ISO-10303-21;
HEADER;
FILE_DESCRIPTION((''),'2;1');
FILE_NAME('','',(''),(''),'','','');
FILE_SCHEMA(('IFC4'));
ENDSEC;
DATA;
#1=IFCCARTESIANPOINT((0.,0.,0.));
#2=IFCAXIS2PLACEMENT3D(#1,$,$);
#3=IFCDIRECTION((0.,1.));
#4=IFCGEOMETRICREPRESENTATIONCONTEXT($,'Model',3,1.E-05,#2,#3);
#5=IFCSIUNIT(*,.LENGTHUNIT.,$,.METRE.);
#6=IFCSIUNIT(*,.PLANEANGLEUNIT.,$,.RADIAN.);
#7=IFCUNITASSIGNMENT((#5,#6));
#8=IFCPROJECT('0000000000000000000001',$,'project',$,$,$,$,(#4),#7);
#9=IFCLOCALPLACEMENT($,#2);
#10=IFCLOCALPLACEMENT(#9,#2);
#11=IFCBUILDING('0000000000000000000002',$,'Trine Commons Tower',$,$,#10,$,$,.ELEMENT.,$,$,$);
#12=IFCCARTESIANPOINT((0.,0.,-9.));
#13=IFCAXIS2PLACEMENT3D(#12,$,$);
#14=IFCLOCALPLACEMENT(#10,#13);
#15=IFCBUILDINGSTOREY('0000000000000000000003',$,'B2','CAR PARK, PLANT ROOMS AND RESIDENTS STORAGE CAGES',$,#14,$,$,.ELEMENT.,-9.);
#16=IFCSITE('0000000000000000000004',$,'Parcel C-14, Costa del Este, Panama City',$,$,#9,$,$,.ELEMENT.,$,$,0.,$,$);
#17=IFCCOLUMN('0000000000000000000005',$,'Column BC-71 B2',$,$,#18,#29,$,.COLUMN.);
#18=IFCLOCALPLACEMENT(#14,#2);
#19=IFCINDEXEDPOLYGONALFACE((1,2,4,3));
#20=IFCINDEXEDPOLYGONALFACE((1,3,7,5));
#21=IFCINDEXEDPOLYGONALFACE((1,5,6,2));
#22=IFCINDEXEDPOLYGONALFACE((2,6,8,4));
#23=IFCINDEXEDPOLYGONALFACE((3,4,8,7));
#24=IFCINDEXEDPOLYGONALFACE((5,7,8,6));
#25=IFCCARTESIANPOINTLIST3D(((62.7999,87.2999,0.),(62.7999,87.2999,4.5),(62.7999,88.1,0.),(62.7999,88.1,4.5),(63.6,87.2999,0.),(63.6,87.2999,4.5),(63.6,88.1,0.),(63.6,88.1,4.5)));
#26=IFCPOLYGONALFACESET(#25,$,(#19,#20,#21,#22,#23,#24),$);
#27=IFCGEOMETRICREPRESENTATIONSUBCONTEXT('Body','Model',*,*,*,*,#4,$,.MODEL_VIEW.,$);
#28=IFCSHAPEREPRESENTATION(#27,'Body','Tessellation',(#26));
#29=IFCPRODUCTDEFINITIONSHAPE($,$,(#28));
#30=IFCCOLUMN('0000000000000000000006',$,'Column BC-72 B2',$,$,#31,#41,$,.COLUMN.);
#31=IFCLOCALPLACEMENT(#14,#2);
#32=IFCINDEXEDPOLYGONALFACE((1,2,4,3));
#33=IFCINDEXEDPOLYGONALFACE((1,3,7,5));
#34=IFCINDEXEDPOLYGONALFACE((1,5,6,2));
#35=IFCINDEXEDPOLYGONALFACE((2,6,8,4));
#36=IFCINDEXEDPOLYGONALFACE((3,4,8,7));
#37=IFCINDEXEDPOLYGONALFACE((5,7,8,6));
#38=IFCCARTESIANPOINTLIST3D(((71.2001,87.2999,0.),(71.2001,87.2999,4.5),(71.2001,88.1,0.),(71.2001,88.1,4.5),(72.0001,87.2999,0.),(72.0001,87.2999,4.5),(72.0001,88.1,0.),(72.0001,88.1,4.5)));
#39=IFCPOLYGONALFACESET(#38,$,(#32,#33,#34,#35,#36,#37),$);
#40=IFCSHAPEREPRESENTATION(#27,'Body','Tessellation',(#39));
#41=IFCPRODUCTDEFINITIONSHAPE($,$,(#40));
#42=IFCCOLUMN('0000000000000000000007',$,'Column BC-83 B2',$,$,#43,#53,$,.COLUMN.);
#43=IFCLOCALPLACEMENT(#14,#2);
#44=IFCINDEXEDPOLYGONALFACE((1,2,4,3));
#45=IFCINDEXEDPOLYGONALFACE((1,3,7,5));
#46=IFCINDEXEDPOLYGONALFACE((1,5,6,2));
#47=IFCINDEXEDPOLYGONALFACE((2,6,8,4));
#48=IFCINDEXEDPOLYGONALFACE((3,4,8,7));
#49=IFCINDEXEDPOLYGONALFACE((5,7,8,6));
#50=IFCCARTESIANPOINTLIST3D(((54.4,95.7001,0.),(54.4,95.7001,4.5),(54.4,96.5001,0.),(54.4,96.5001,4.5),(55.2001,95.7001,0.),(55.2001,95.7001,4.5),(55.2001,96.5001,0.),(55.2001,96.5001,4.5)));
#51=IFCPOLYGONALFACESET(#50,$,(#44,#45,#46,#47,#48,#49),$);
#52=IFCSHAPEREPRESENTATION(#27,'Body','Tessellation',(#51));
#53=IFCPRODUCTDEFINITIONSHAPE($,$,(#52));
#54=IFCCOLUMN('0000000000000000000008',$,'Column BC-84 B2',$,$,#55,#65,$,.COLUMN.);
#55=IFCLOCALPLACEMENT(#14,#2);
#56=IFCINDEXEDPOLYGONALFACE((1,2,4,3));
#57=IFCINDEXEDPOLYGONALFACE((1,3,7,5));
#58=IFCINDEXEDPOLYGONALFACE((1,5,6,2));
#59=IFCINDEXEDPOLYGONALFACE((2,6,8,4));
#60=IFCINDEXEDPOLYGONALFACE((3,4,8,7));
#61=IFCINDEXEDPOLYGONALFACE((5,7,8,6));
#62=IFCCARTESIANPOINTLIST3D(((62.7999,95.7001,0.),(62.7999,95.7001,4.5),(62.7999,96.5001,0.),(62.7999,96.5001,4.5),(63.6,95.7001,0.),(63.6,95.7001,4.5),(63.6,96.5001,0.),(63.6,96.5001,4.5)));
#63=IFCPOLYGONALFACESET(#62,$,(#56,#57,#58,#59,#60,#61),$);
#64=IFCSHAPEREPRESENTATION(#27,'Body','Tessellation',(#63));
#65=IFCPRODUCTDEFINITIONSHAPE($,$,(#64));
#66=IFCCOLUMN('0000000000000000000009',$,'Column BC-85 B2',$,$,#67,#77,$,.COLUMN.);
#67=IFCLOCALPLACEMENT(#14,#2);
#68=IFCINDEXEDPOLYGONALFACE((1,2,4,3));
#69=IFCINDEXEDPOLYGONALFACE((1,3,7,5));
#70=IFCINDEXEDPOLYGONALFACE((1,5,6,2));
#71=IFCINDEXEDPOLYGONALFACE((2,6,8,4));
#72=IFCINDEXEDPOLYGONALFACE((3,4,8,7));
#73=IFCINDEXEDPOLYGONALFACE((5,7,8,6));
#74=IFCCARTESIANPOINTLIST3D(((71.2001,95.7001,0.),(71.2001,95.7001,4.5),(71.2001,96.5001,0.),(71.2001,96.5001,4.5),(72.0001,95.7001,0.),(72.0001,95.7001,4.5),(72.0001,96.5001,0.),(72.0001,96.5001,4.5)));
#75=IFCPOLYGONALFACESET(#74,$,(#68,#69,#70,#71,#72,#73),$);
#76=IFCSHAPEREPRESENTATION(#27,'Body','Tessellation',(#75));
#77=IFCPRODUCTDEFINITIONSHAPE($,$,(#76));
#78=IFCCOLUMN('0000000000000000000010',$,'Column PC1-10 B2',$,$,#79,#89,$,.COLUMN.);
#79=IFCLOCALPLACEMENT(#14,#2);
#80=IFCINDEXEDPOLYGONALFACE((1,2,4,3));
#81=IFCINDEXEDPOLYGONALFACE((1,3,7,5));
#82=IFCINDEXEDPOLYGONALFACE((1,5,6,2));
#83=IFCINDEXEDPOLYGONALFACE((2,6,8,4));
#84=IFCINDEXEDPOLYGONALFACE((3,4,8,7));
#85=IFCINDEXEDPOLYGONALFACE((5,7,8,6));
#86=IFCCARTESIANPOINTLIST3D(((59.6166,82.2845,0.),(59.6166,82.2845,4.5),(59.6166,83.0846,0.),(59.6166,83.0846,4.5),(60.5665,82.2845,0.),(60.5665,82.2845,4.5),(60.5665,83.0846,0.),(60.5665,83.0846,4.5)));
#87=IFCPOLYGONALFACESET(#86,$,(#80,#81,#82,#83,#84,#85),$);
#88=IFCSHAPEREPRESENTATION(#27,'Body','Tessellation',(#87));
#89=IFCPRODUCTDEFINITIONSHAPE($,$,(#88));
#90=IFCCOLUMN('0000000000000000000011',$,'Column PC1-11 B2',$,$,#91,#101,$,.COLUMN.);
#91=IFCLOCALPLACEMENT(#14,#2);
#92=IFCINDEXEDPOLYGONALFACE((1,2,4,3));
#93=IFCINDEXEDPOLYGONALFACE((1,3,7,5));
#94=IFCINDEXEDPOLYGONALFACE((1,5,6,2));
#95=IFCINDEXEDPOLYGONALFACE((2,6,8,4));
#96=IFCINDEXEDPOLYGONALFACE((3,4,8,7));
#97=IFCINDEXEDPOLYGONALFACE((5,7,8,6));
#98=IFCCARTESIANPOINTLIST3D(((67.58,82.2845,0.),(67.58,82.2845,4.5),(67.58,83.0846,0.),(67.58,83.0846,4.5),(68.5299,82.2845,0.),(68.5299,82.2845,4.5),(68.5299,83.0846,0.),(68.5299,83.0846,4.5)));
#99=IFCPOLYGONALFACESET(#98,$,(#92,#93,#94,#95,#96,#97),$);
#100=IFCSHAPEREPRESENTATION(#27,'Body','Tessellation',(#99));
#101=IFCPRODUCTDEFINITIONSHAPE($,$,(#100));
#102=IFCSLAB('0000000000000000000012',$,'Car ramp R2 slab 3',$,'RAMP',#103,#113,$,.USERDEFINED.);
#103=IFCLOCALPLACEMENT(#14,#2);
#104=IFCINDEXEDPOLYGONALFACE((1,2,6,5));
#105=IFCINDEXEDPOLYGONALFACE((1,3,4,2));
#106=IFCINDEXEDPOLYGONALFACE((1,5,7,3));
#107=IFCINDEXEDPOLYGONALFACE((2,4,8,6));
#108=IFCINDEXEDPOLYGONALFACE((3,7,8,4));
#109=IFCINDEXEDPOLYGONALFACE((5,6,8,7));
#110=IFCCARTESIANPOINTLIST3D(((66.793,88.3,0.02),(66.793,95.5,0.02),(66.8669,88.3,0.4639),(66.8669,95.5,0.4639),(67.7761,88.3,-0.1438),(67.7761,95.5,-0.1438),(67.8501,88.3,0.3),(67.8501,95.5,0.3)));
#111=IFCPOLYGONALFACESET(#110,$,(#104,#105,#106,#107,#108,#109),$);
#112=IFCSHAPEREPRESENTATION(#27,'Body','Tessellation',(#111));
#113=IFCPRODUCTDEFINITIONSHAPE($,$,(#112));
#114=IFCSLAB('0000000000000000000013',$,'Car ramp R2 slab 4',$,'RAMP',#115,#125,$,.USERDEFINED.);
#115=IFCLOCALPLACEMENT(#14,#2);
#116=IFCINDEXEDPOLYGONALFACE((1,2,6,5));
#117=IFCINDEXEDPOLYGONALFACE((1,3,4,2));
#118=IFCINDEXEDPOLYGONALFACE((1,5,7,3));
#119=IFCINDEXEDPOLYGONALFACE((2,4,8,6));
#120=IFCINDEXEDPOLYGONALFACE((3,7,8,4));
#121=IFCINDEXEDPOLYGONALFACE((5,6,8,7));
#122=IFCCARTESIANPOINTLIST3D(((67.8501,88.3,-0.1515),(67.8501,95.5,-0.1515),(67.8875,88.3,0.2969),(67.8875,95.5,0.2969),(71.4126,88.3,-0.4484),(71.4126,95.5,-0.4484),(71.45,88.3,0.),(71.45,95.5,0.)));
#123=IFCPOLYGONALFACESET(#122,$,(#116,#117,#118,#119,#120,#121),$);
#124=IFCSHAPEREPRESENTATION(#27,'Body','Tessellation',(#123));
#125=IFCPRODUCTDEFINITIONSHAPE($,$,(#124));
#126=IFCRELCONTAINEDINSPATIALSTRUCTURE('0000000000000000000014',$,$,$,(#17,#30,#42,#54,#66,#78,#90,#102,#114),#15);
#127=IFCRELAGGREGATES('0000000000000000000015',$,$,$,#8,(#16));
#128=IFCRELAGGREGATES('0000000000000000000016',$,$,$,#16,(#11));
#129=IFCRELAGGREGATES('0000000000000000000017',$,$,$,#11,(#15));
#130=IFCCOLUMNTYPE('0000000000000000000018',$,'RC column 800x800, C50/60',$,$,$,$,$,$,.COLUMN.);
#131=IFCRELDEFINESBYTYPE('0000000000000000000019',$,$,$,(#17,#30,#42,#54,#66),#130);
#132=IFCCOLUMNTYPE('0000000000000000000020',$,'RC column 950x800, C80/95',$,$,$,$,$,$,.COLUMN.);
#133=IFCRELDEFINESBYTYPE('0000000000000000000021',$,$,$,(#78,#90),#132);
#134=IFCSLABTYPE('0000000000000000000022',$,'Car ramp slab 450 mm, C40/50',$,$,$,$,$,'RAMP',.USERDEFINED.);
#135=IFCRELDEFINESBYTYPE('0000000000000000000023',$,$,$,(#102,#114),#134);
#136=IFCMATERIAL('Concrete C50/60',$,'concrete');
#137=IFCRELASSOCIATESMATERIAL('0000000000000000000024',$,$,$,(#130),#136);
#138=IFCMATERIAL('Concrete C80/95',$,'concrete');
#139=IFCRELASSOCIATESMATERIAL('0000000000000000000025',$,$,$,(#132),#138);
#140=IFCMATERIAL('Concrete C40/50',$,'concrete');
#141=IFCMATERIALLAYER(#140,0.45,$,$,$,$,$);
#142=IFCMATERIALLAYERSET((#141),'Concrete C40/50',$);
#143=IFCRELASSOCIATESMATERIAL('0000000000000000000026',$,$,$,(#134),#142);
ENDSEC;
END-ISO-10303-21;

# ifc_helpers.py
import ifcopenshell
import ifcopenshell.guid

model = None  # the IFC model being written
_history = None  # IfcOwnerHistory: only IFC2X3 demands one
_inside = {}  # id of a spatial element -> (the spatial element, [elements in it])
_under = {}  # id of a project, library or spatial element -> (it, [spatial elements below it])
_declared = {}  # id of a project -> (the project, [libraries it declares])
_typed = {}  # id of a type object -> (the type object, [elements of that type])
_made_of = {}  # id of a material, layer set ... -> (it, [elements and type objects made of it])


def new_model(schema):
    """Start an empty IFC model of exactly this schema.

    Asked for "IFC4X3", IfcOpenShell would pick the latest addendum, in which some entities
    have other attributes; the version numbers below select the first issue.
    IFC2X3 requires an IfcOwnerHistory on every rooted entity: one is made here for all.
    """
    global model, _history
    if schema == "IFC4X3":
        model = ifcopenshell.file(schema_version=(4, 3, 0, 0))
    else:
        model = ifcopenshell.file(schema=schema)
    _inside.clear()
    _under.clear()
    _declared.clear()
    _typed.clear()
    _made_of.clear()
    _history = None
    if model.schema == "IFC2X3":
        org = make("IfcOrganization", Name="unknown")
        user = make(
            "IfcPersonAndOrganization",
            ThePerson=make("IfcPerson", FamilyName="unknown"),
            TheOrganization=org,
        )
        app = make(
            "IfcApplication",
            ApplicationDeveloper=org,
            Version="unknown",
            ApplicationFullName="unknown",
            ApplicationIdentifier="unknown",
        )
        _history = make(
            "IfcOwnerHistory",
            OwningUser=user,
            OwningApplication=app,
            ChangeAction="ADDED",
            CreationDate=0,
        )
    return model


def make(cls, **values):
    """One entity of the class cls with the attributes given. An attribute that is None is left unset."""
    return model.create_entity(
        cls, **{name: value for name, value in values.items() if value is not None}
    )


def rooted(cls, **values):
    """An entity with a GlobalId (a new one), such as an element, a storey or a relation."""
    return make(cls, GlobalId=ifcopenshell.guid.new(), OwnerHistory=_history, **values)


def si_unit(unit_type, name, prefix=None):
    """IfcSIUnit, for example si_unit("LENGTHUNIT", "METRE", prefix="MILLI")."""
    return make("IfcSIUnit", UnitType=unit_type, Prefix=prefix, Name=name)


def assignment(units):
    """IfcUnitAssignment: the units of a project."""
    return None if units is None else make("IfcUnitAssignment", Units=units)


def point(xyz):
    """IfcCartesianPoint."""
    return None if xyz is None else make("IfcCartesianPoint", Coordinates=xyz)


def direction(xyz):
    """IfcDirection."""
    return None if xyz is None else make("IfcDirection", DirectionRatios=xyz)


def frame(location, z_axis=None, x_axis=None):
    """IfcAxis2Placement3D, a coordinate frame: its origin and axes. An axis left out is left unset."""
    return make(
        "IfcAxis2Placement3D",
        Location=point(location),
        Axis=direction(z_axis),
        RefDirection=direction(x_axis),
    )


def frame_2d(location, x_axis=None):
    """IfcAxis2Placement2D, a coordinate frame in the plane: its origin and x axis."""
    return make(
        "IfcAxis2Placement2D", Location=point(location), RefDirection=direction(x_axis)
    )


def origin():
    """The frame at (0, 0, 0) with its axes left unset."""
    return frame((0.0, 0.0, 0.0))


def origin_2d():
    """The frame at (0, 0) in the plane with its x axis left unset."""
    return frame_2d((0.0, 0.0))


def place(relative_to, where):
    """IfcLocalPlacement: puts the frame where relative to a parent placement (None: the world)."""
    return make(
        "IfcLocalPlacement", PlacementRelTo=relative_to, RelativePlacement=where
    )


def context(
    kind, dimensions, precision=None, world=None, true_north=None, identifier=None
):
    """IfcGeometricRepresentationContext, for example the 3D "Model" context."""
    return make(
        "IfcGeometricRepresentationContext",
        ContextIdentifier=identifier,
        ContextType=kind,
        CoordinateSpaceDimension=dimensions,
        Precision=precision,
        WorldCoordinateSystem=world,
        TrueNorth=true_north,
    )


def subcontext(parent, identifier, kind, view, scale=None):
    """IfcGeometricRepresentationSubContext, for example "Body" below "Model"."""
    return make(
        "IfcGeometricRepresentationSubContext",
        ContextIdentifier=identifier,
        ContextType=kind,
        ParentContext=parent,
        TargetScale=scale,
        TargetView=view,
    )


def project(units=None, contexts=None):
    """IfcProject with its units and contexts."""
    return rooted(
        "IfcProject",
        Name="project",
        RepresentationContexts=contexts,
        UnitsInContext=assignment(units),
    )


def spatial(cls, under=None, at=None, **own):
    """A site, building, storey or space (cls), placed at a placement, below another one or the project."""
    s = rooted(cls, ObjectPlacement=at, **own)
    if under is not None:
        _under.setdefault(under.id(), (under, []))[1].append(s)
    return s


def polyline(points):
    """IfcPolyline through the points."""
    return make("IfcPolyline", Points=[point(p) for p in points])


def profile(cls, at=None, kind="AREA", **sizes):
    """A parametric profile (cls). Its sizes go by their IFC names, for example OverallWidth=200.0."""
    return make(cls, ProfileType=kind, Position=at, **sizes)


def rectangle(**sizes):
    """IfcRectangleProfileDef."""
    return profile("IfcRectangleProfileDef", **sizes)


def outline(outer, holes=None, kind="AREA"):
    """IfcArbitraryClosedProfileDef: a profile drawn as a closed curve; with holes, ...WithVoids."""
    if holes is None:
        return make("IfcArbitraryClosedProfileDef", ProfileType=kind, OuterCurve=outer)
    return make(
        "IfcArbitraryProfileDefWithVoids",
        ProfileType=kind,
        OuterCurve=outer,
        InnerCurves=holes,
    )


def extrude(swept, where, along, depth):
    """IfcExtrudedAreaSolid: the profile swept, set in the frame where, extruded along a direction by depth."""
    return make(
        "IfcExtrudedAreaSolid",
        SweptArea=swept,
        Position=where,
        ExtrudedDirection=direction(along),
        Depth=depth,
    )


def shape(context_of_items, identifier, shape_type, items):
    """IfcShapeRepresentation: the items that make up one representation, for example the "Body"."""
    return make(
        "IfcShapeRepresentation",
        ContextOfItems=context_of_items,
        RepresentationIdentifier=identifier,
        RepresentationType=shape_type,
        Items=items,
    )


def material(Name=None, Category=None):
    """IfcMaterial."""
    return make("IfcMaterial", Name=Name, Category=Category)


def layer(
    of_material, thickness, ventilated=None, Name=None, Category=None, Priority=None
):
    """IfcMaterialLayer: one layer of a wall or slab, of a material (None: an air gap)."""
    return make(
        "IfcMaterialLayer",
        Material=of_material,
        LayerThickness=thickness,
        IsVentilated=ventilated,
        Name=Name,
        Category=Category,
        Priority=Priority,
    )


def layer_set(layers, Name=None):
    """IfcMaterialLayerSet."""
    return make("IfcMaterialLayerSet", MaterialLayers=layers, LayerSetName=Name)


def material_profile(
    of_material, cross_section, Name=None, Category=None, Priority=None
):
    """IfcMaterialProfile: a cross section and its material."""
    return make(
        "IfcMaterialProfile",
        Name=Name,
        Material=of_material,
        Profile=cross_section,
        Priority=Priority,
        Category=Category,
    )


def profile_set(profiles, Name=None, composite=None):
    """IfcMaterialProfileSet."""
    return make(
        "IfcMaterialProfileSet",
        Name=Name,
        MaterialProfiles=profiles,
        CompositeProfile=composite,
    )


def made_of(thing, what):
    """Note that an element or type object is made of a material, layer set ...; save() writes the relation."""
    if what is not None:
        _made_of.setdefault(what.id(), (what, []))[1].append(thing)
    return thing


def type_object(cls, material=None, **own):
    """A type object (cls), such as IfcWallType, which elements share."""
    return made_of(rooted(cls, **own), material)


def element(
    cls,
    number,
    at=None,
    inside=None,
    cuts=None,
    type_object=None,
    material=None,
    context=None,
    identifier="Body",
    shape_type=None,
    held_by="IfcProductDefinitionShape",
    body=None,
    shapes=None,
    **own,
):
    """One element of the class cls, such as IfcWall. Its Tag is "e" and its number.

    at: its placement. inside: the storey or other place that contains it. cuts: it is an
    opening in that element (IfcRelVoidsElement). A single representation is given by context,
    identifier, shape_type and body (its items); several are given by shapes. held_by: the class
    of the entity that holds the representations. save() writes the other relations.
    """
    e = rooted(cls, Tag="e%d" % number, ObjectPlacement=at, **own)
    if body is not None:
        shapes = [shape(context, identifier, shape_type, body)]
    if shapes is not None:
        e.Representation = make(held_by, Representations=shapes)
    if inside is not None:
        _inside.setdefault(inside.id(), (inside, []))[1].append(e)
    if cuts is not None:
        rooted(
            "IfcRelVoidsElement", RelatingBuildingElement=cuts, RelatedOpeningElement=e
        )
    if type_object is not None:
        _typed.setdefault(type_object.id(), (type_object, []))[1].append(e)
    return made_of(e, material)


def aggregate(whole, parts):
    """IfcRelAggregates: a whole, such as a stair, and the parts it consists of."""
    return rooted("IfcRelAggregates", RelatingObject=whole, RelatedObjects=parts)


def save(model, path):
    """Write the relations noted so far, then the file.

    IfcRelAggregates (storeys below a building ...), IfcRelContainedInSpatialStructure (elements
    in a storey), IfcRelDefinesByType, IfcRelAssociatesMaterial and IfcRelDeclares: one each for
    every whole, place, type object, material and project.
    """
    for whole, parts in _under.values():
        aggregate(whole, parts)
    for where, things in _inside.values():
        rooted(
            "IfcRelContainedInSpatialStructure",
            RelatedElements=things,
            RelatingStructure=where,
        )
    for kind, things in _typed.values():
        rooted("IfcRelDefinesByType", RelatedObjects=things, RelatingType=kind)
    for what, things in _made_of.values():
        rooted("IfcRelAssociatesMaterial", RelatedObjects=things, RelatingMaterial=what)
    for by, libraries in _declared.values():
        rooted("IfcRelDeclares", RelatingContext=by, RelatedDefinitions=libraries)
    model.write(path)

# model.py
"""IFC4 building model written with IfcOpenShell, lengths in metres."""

from ifc_helpers import new_model, si_unit, direction, frame, origin, origin_2d, place, context, subcontext, project, spatial, polyline, rectangle, outline, extrude, material, layer, layer_set, material_profile, profile_set, type_object, element, save


model = new_model("IFC4")

# Units and contexts
model_context = context("Model", 3, precision=1e-05, world=origin(), true_north=direction((0.0, 1.0)))
body_context = subcontext(model_context, "Body", "Model", "MODEL_VIEW")
ifc_project = project(units=[si_unit("LENGTHUNIT", "METRE"), si_unit("PLANEANGLEUNIT", "RADIAN")], contexts=[model_context])

# Site, building, storey
site_placement = place(None, origin())
site = spatial("IfcSite", under=ifc_project, at=site_placement, Name="Parcel C-14, Costa del Este, Panama City", CompositionType="ELEMENT", RefElevation=0.0)
building_placement = place(site_placement, origin())
building = spatial("IfcBuilding", under=site, at=building_placement, Name="Trine Commons Tower", CompositionType="ELEMENT")
storey_placement = place(building_placement, frame((0.0, 0.0, -9.0)))
storey = spatial("IfcBuildingStorey", under=building, at=storey_placement, Name="B2", Description="CAR PARK, PLANT ROOMS AND RESIDENTS STORAGE CAGES", CompositionType="ELEMENT", Elevation=-9.0)

# Shared definitions
ifc_material_1 = material(Name="Concrete C40/50", Category="concrete")

# Columns
ifc_material_2 = material(Name="Concrete C50/60", Category="concrete")
ifc_material_profile_1 = material_profile(ifc_material_2, rectangle(XDim=0.8, YDim=0.8, at=origin_2d()), Name="RC 800x800")
ifc_profile_set_1 = profile_set([ifc_material_profile_1], Name="Concrete C50/60")
column_type_1 = type_object("IfcColumnType", Name="RC column 800x800, C50/60", PredefinedType="COLUMN", material=ifc_profile_set_1)
for number, where, z_axis, x_axis, name in (
    (1, (63.2, 87.7, 0.0), (0.0, 0.0, 1.0), (1.0, 0.0, 0.0), "Column BC-71 B2"),
    (2, (71.6001, 87.7, 0.0), (0.0, 0.0, 1.0), (1.0, 0.0, 0.0), "Column BC-72 B2"),
    (3, (54.8, 96.1001, 0.0), (0.0, 0.0, 1.0), (1.0, 0.0, 0.0), "Column BC-83 B2"),
    (4, (63.2, 96.1001, 0.0), (0.0, 0.0, 1.0), (1.0, 0.0, 0.0), "Column BC-84 B2"),
    (5, (71.6001, 96.1001, 0.0), (0.0, 0.0, 1.0), (1.0, 0.0, 0.0), "Column BC-85 B2"),
):
    element("IfcColumn", number, at=place(storey_placement, frame(where, z_axis=z_axis, x_axis=x_axis)), inside=storey, type_object=column_type_1, Name=name, PredefinedType="COLUMN", context=body_context, shape_type="SweptSolid", body=[
        extrude(rectangle(XDim=0.8, YDim=0.8, at=origin_2d()), origin(), (0.0, 0.0, 1.0), 4.5),
    ])
ifc_material_3 = material(Name="Concrete C80/95", Category="concrete")
ifc_material_profile_2 = material_profile(ifc_material_3, rectangle(XDim=0.95, YDim=0.8, at=origin_2d()), Name="RC 950x800")
ifc_profile_set_2 = profile_set([ifc_material_profile_2], Name="Concrete C80/95")
column_type_2 = type_object("IfcColumnType", Name="RC column 950x800, C80/95", PredefinedType="COLUMN", material=ifc_profile_set_2)
for number, where, z_axis, x_axis, name in (
    (6, (60.0916, 82.6846, 0.0), (0.0, 0.0, 1.0), (1.0, 0.0, 0.0), "Column PC1-10 B2"),
    (7, (68.0549, 82.6846, 0.0), (0.0, 0.0, 1.0), (1.0, 0.0, 0.0), "Column PC1-11 B2"),
):
    element("IfcColumn", number, at=place(storey_placement, frame(where, z_axis=z_axis, x_axis=x_axis)), inside=storey, type_object=column_type_2, Name=name, PredefinedType="COLUMN", context=body_context, shape_type="SweptSolid", body=[
        extrude(rectangle(XDim=0.95, YDim=0.8, at=origin_2d()), origin(), (0.0, 0.0, 1.0), 4.5),
    ])

# Slabs
ifc_layer = layer(ifc_material_1, 0.45)
ifc_layer_set = layer_set([ifc_layer], Name="Concrete C40/50")
slab_type = type_object("IfcSlabType", Name="Car ramp slab 450 mm, C40/50", ElementType="RAMP", PredefinedType="USERDEFINED", material=ifc_layer_set)
slab_1_placement = place(storey_placement, frame((66.8669, 88.3, 0.4639), z_axis=(0.164359, 0.0, 0.986401), x_axis=(0.0, 1.0, 0.0)))
element("IfcSlab", 8, at=slab_1_placement, inside=storey, type_object=slab_type, Name="Car ramp R2 slab 3", ObjectType="RAMP", PredefinedType="USERDEFINED", context=body_context, shape_type="SweptSolid", body=[
    extrude(outline(polyline([(0.0, 0.0), (7.2, 0.0), (7.2, -0.9967), (0.0, -0.9967), (0.0, 0.0)])), origin(), (0.0, 0.0, -1.0), 0.45),
])
slab_2_placement = place(storey_placement, frame((67.8875, 88.3, 0.2969), z_axis=(0.083045, 0.0, 0.996546), x_axis=(0.0, 1.0, 0.0)))
element("IfcSlab", 9, at=slab_2_placement, inside=storey, type_object=slab_type, Name="Car ramp R2 slab 4", ObjectType="RAMP", PredefinedType="USERDEFINED", context=body_context, shape_type="SweptSolid", body=[
    extrude(outline(polyline([(0.0, 0.0), (7.2, 0.0), (7.2, -3.5748), (0.0, -3.5748), (0.0, 0.0)])), origin(), (0.0, 0.0, -1.0), 0.45),
])

save(model, "model.ifc")
